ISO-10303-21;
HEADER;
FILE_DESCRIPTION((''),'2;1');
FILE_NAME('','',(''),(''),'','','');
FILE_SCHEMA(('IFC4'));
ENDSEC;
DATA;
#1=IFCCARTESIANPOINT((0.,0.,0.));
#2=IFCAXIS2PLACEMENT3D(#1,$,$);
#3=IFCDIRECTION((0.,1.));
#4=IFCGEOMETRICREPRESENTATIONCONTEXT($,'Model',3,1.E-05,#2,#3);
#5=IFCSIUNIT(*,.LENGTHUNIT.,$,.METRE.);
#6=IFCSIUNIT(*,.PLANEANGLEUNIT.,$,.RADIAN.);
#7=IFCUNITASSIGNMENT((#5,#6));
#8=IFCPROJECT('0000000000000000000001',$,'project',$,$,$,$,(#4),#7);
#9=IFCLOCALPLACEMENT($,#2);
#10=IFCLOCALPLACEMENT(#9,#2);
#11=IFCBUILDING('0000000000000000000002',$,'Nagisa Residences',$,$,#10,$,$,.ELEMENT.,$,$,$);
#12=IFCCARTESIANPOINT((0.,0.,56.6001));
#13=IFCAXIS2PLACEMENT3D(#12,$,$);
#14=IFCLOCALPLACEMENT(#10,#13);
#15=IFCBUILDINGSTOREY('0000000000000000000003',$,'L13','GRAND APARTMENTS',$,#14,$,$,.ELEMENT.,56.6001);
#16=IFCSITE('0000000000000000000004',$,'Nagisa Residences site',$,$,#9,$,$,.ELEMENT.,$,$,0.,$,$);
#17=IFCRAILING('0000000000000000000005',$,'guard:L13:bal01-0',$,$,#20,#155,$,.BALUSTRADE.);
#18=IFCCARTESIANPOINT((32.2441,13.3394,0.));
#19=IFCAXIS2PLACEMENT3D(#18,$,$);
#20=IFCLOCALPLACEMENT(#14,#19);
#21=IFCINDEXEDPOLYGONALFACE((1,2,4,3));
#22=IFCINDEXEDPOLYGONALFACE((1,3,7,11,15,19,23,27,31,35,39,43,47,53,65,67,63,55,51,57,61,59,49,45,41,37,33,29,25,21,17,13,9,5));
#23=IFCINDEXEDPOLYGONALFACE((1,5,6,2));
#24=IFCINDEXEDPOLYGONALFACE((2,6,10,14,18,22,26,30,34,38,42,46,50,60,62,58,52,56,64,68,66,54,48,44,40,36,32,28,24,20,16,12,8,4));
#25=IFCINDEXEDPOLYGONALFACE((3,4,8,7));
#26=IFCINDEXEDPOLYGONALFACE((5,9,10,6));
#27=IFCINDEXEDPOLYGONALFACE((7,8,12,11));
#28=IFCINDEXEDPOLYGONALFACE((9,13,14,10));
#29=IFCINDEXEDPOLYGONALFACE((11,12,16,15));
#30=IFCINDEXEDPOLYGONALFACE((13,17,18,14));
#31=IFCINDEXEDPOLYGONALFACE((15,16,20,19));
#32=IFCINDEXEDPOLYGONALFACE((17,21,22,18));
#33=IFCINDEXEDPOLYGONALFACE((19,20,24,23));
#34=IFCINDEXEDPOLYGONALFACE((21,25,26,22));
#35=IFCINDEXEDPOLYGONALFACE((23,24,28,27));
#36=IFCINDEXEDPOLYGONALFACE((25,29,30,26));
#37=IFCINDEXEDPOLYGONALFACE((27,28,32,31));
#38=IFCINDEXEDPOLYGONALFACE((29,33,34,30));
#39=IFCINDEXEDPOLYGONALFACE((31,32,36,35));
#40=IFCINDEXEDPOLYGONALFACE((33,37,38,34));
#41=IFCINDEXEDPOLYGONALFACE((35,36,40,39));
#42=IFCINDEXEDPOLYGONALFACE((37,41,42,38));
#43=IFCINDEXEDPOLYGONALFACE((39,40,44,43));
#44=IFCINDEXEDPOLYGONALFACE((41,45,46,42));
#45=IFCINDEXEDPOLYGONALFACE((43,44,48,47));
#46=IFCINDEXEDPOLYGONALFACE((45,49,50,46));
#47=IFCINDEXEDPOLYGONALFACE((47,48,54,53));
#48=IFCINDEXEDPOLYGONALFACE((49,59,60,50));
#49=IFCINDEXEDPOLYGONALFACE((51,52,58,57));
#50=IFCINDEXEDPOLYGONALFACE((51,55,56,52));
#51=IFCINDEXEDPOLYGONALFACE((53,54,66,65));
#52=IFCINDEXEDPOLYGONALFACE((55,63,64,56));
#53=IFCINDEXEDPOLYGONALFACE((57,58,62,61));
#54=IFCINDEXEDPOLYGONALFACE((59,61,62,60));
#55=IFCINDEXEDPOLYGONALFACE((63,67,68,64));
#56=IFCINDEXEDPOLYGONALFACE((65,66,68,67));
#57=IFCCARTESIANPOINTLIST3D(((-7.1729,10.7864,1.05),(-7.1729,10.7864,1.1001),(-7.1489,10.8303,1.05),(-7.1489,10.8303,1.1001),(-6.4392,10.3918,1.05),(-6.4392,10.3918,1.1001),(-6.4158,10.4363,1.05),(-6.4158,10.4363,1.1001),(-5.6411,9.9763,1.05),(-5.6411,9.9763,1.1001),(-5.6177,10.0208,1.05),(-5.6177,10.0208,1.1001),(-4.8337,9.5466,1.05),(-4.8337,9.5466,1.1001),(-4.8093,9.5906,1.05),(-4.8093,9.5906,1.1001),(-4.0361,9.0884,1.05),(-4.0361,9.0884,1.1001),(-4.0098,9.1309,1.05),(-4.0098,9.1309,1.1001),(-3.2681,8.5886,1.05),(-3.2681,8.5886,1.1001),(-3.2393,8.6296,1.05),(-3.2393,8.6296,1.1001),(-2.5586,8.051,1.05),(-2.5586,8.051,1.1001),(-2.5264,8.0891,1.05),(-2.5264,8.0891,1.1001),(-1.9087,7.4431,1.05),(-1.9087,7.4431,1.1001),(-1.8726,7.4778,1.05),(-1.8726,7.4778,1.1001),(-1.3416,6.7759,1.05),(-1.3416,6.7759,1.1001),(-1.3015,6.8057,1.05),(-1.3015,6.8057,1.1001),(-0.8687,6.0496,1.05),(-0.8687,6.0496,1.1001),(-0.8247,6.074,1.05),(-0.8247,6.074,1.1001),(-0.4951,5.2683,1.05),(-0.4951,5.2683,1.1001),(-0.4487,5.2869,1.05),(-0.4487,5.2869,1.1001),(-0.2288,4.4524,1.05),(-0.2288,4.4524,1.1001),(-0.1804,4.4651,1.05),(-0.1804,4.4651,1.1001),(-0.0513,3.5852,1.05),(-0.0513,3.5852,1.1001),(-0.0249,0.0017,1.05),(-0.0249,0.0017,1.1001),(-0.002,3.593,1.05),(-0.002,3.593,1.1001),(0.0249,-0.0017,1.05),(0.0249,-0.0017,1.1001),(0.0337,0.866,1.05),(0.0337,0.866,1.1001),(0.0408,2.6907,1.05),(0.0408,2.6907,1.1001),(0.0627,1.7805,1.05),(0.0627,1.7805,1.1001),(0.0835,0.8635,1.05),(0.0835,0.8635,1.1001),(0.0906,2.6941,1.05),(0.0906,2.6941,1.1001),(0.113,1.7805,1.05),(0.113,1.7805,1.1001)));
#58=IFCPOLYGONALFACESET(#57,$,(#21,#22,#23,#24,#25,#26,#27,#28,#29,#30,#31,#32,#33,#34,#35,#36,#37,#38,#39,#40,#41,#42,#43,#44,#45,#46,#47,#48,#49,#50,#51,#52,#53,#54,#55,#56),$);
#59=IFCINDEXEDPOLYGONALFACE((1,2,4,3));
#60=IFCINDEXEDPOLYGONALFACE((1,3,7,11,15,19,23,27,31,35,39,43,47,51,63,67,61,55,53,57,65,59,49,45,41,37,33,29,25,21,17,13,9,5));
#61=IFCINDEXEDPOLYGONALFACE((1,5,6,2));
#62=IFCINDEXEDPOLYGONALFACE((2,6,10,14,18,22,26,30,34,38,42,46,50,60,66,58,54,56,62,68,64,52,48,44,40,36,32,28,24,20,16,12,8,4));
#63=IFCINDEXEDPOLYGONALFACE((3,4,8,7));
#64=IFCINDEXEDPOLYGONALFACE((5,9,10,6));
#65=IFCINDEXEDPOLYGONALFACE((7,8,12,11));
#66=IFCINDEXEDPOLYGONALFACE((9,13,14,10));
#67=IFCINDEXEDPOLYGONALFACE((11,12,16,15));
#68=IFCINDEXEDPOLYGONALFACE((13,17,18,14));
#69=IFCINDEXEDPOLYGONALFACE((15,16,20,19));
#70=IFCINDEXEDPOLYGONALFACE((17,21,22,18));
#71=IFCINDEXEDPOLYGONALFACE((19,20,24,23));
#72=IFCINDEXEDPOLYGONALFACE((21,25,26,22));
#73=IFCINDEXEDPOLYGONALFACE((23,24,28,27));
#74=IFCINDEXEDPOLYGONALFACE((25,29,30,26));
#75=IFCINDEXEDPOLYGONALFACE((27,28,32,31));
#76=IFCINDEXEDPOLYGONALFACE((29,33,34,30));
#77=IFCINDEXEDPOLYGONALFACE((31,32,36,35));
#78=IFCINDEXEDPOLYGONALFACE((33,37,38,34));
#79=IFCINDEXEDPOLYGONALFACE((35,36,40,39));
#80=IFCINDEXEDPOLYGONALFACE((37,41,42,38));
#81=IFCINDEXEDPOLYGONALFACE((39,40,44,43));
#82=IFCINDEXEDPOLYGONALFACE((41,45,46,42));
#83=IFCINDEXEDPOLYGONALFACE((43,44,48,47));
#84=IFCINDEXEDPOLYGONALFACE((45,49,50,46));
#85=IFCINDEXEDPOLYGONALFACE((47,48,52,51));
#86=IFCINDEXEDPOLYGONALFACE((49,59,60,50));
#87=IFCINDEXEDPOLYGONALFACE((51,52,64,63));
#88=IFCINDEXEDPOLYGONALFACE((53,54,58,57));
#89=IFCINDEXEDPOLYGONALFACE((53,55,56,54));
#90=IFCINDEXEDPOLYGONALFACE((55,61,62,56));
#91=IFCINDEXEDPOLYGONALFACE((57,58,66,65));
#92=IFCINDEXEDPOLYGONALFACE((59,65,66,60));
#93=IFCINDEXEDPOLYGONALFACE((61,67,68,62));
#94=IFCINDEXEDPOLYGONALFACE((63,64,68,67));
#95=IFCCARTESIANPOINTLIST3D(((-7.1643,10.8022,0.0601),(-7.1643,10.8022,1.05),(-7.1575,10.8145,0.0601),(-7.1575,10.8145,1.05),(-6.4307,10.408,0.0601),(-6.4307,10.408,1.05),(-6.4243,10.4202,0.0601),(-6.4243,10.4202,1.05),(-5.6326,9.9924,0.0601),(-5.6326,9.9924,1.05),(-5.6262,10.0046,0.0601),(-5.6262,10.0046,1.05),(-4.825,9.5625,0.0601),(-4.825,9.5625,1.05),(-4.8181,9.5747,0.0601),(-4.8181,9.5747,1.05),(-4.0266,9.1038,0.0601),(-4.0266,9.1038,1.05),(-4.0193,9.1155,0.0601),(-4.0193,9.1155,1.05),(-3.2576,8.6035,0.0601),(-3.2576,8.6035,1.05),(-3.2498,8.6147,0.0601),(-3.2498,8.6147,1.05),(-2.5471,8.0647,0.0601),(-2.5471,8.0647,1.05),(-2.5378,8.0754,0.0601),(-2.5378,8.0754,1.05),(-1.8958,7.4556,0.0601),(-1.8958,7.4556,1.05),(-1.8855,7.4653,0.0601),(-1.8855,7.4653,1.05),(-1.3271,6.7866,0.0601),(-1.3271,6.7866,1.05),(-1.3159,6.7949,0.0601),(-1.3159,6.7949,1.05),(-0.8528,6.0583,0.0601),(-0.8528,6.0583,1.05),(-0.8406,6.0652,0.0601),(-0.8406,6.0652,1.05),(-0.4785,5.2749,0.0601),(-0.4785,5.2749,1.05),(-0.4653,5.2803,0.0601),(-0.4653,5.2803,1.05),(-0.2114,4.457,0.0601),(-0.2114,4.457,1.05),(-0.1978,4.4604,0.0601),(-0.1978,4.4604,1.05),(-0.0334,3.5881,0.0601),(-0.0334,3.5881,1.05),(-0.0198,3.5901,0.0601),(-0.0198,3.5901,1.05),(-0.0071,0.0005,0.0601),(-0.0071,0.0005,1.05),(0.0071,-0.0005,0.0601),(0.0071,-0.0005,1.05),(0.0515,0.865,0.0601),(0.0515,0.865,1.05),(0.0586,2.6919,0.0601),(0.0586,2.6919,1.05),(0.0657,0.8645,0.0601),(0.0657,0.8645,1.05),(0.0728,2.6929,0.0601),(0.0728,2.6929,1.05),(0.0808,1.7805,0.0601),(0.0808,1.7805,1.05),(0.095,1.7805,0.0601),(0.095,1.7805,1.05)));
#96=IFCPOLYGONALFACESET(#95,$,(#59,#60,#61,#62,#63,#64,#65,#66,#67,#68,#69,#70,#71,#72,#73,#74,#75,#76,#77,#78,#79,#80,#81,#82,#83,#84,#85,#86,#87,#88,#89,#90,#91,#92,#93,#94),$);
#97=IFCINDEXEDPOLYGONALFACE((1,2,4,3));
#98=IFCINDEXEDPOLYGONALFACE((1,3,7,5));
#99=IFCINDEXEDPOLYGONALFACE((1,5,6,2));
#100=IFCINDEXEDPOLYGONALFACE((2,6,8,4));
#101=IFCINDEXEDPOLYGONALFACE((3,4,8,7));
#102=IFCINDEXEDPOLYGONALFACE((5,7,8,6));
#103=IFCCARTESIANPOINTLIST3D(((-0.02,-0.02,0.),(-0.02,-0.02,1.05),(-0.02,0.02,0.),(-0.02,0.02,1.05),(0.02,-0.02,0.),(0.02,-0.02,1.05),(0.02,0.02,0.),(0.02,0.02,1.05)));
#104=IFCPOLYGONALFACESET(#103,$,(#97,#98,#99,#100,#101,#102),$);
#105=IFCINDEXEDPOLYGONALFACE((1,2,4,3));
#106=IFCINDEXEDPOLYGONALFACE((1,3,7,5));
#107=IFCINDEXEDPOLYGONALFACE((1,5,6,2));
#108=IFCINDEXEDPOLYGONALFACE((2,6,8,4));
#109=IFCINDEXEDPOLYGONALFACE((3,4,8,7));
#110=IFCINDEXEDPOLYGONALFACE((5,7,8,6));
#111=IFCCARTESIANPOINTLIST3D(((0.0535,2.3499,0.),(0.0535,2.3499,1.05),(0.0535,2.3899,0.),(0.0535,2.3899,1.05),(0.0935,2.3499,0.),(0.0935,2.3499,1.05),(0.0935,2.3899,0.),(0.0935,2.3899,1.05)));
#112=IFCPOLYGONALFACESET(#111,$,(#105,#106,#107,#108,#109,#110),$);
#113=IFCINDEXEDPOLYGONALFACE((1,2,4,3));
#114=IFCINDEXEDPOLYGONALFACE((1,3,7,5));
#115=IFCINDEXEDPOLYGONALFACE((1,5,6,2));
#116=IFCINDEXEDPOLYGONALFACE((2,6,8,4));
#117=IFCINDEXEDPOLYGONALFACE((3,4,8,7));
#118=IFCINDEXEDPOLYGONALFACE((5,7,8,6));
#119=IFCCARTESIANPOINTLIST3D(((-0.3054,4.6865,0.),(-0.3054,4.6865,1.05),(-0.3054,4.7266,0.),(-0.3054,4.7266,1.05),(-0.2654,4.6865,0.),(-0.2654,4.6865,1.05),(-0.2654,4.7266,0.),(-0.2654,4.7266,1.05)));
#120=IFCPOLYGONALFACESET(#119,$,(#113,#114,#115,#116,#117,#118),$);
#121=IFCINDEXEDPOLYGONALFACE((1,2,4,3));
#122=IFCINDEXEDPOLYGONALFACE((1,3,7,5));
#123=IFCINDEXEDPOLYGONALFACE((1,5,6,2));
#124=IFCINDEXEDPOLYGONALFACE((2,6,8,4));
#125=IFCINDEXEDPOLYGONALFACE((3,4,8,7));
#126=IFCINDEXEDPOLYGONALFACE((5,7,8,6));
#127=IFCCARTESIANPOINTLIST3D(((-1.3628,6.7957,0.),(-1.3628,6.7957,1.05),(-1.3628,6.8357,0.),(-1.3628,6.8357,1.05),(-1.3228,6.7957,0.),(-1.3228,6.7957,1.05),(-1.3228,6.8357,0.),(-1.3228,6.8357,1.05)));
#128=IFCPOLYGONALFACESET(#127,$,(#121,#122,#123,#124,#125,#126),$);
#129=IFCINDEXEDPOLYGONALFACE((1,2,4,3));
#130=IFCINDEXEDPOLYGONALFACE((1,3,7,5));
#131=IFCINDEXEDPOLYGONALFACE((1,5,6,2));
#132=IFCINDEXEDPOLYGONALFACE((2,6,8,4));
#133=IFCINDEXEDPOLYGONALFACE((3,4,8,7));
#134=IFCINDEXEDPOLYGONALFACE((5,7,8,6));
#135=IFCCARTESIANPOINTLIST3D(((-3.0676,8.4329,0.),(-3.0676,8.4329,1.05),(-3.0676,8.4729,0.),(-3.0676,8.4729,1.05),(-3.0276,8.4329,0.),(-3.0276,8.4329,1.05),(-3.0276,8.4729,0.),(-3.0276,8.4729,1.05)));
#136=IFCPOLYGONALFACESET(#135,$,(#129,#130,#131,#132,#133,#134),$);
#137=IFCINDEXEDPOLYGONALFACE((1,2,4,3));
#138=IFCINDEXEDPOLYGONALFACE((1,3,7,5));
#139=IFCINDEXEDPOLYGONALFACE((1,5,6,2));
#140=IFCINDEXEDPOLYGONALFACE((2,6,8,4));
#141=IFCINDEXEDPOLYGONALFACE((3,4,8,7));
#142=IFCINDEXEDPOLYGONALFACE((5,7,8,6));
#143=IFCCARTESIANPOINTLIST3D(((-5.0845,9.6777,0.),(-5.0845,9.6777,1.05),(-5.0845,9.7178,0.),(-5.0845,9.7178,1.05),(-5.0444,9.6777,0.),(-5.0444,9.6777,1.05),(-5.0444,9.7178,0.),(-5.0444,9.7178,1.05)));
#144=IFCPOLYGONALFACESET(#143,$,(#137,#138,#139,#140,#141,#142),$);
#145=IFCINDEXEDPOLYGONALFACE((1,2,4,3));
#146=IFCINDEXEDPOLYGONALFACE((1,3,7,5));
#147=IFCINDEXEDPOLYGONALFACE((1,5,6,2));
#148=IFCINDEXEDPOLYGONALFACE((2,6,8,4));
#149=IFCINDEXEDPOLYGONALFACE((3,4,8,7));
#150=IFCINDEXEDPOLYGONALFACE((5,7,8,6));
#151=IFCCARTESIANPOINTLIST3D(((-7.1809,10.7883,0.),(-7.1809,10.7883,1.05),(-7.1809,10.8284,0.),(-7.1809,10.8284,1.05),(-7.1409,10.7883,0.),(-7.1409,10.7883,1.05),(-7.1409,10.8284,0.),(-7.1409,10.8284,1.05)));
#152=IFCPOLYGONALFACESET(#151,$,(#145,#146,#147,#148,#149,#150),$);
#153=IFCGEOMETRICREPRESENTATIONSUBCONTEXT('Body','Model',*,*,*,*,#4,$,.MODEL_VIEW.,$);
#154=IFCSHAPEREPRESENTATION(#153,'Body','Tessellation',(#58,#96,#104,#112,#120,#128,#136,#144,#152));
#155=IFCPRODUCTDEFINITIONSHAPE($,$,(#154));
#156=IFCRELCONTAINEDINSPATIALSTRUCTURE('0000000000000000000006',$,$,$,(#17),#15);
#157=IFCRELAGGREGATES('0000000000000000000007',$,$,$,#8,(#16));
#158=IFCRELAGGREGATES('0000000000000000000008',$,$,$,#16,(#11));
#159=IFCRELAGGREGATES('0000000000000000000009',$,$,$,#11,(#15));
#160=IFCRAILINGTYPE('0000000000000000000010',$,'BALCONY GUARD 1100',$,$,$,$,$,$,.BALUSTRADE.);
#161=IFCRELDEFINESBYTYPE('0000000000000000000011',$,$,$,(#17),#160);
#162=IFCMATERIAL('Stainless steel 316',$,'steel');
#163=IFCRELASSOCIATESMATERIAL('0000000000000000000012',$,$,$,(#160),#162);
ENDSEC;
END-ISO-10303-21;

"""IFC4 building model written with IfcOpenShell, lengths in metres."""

from ifc_helpers import new_model, si_unit, direction, frame, origin, origin_2d, place, context, subcontext, project, spatial, polyline, rectangle, outline, extrude, material, type_object, element, save


model = new_model("IFC4")

# Units and contexts
model_context = context("Model", 3, precision=1e-05, world=origin(), true_north=direction((0.0, 1.0)))
body_context = subcontext(model_context, "Body", "Model", "MODEL_VIEW")
ifc_project = project(units=[si_unit("LENGTHUNIT", "METRE"), si_unit("PLANEANGLEUNIT", "RADIAN")], contexts=[model_context])

# Site, building, storey
site_placement = place(None, origin())
site = spatial("IfcSite", under=ifc_project, at=site_placement, Name="Nagisa Residences site", CompositionType="ELEMENT", RefElevation=0.0)
building_placement = place(site_placement, origin())
building = spatial("IfcBuilding", under=site, at=building_placement, Name="Nagisa Residences", CompositionType="ELEMENT")
storey_placement = place(building_placement, frame((0.0, 0.0, 56.6001)))
storey = spatial("IfcBuildingStorey", under=building, at=storey_placement, Name="L13", Description="GRAND APARTMENTS", CompositionType="ELEMENT", Elevation=56.6001)

# Railing
ifc_material_1 = material(Name="Stainless steel 316", Category="steel")
railing_type = type_object("IfcRailingType", Name="BALCONY GUARD 1100", PredefinedType="BALUSTRADE", material=ifc_material_1)
railing_1_placement = place(storey_placement, frame((32.2441, 13.3394, 0.0)))
element("IfcRailing", 1, at=railing_1_placement, inside=storey, type_object=railing_type, Name="guard:L13:bal01-0", PredefinedType="BALUSTRADE", context=body_context, shape_type="SweptSolid", body=[
    extrude(outline(polyline([(0.0337, 0.866), (-0.0249, 0.0017), (0.0249, -0.0017), (0.0835, 0.8635), (0.113, 1.7805), (0.0906, 2.6941), (-0.002, 3.593), (-0.1804, 4.4651), (-0.4487, 5.2869), (-0.8247, 6.074), (-1.3015, 6.8057), (-1.8726, 7.4778), (-2.5264, 8.0891), (-3.2393, 8.6296), (-4.0098, 9.1309), (-4.8093, 9.5906), (-5.6177, 10.0208), (-6.4158, 10.4363), (-7.1489, 10.8303), (-7.1729, 10.7864), (-6.4392, 10.3918), (-5.6411, 9.9763), (-4.8337, 9.5466), (-4.0361, 9.0884), (-3.2681, 8.5886), (-2.5586, 8.051), (-1.9087, 7.4431), (-1.3416, 6.7759), (-0.8687, 6.0496), (-0.4951, 5.2683), (-0.2288, 4.4524), (-0.0513, 3.5852), (0.0408, 2.6907), (0.0627, 1.7805), (0.0337, 0.866)])), frame((0.0, 0.0, 1.05)), (0.0, 0.0, 1.0), 0.05),
    extrude(outline(polyline([(0.0515, 0.865), (-0.0071, 0.0005), (0.0071, -0.0005), (0.0657, 0.8645), (0.095, 1.7805), (0.0728, 2.6929), (-0.0198, 3.5901), (-0.1978, 4.4604), (-0.4653, 5.2803), (-0.8406, 6.0652), (-1.3159, 6.7949), (-1.8855, 7.4653), (-2.5378, 8.0754), (-3.2498, 8.6147), (-4.0193, 9.1155), (-4.8181, 9.5747), (-5.6262, 10.0046), (-6.4243, 10.4202), (-7.1575, 10.8145), (-7.1643, 10.8022), (-6.4307, 10.408), (-5.6326, 9.9924), (-4.825, 9.5625), (-4.0266, 9.1038), (-3.2576, 8.6035), (-2.5471, 8.0647), (-1.8958, 7.4556), (-1.3271, 6.7866), (-0.8528, 6.0583), (-0.4785, 5.2749), (-0.2114, 4.457), (-0.0334, 3.5881), (0.0586, 2.6919), (0.0808, 1.7805), (0.0515, 0.865)])), frame((0.0, 0.0, 0.0601)), (0.0, 0.0, 1.0), 0.99),
    extrude(rectangle(XDim=0.04, YDim=0.04, at=origin_2d()), origin(), (0.0, 0.0, 1.0), 1.05),
    extrude(rectangle(XDim=0.04, YDim=0.04, at=origin_2d()), frame((0.0735, 2.3699, 0.0)), (0.0, 0.0, 1.0), 1.05),
    extrude(rectangle(XDim=0.04, YDim=0.04, at=origin_2d()), frame((-0.2854, 4.7065, 0.0)), (0.0, 0.0, 1.0), 1.05),
    extrude(rectangle(XDim=0.04, YDim=0.04, at=origin_2d()), frame((-1.3428, 6.8157, 0.0)), (0.0, 0.0, 1.0), 1.05),
    extrude(rectangle(XDim=0.04, YDim=0.04, at=origin_2d()), frame((-3.0476, 8.4529, 0.0)), (0.0, 0.0, 1.0), 1.05),
    extrude(rectangle(XDim=0.04, YDim=0.04, at=origin_2d()), frame((-5.0645, 9.6978, 0.0)), (0.0, 0.0, 1.0), 1.05),
    extrude(rectangle(XDim=0.04, YDim=0.04, at=origin_2d()), frame((-7.1609, 10.8083, 0.0)), (0.0, 0.0, 1.0), 1.05),
])

save(model, "model.ifc")
